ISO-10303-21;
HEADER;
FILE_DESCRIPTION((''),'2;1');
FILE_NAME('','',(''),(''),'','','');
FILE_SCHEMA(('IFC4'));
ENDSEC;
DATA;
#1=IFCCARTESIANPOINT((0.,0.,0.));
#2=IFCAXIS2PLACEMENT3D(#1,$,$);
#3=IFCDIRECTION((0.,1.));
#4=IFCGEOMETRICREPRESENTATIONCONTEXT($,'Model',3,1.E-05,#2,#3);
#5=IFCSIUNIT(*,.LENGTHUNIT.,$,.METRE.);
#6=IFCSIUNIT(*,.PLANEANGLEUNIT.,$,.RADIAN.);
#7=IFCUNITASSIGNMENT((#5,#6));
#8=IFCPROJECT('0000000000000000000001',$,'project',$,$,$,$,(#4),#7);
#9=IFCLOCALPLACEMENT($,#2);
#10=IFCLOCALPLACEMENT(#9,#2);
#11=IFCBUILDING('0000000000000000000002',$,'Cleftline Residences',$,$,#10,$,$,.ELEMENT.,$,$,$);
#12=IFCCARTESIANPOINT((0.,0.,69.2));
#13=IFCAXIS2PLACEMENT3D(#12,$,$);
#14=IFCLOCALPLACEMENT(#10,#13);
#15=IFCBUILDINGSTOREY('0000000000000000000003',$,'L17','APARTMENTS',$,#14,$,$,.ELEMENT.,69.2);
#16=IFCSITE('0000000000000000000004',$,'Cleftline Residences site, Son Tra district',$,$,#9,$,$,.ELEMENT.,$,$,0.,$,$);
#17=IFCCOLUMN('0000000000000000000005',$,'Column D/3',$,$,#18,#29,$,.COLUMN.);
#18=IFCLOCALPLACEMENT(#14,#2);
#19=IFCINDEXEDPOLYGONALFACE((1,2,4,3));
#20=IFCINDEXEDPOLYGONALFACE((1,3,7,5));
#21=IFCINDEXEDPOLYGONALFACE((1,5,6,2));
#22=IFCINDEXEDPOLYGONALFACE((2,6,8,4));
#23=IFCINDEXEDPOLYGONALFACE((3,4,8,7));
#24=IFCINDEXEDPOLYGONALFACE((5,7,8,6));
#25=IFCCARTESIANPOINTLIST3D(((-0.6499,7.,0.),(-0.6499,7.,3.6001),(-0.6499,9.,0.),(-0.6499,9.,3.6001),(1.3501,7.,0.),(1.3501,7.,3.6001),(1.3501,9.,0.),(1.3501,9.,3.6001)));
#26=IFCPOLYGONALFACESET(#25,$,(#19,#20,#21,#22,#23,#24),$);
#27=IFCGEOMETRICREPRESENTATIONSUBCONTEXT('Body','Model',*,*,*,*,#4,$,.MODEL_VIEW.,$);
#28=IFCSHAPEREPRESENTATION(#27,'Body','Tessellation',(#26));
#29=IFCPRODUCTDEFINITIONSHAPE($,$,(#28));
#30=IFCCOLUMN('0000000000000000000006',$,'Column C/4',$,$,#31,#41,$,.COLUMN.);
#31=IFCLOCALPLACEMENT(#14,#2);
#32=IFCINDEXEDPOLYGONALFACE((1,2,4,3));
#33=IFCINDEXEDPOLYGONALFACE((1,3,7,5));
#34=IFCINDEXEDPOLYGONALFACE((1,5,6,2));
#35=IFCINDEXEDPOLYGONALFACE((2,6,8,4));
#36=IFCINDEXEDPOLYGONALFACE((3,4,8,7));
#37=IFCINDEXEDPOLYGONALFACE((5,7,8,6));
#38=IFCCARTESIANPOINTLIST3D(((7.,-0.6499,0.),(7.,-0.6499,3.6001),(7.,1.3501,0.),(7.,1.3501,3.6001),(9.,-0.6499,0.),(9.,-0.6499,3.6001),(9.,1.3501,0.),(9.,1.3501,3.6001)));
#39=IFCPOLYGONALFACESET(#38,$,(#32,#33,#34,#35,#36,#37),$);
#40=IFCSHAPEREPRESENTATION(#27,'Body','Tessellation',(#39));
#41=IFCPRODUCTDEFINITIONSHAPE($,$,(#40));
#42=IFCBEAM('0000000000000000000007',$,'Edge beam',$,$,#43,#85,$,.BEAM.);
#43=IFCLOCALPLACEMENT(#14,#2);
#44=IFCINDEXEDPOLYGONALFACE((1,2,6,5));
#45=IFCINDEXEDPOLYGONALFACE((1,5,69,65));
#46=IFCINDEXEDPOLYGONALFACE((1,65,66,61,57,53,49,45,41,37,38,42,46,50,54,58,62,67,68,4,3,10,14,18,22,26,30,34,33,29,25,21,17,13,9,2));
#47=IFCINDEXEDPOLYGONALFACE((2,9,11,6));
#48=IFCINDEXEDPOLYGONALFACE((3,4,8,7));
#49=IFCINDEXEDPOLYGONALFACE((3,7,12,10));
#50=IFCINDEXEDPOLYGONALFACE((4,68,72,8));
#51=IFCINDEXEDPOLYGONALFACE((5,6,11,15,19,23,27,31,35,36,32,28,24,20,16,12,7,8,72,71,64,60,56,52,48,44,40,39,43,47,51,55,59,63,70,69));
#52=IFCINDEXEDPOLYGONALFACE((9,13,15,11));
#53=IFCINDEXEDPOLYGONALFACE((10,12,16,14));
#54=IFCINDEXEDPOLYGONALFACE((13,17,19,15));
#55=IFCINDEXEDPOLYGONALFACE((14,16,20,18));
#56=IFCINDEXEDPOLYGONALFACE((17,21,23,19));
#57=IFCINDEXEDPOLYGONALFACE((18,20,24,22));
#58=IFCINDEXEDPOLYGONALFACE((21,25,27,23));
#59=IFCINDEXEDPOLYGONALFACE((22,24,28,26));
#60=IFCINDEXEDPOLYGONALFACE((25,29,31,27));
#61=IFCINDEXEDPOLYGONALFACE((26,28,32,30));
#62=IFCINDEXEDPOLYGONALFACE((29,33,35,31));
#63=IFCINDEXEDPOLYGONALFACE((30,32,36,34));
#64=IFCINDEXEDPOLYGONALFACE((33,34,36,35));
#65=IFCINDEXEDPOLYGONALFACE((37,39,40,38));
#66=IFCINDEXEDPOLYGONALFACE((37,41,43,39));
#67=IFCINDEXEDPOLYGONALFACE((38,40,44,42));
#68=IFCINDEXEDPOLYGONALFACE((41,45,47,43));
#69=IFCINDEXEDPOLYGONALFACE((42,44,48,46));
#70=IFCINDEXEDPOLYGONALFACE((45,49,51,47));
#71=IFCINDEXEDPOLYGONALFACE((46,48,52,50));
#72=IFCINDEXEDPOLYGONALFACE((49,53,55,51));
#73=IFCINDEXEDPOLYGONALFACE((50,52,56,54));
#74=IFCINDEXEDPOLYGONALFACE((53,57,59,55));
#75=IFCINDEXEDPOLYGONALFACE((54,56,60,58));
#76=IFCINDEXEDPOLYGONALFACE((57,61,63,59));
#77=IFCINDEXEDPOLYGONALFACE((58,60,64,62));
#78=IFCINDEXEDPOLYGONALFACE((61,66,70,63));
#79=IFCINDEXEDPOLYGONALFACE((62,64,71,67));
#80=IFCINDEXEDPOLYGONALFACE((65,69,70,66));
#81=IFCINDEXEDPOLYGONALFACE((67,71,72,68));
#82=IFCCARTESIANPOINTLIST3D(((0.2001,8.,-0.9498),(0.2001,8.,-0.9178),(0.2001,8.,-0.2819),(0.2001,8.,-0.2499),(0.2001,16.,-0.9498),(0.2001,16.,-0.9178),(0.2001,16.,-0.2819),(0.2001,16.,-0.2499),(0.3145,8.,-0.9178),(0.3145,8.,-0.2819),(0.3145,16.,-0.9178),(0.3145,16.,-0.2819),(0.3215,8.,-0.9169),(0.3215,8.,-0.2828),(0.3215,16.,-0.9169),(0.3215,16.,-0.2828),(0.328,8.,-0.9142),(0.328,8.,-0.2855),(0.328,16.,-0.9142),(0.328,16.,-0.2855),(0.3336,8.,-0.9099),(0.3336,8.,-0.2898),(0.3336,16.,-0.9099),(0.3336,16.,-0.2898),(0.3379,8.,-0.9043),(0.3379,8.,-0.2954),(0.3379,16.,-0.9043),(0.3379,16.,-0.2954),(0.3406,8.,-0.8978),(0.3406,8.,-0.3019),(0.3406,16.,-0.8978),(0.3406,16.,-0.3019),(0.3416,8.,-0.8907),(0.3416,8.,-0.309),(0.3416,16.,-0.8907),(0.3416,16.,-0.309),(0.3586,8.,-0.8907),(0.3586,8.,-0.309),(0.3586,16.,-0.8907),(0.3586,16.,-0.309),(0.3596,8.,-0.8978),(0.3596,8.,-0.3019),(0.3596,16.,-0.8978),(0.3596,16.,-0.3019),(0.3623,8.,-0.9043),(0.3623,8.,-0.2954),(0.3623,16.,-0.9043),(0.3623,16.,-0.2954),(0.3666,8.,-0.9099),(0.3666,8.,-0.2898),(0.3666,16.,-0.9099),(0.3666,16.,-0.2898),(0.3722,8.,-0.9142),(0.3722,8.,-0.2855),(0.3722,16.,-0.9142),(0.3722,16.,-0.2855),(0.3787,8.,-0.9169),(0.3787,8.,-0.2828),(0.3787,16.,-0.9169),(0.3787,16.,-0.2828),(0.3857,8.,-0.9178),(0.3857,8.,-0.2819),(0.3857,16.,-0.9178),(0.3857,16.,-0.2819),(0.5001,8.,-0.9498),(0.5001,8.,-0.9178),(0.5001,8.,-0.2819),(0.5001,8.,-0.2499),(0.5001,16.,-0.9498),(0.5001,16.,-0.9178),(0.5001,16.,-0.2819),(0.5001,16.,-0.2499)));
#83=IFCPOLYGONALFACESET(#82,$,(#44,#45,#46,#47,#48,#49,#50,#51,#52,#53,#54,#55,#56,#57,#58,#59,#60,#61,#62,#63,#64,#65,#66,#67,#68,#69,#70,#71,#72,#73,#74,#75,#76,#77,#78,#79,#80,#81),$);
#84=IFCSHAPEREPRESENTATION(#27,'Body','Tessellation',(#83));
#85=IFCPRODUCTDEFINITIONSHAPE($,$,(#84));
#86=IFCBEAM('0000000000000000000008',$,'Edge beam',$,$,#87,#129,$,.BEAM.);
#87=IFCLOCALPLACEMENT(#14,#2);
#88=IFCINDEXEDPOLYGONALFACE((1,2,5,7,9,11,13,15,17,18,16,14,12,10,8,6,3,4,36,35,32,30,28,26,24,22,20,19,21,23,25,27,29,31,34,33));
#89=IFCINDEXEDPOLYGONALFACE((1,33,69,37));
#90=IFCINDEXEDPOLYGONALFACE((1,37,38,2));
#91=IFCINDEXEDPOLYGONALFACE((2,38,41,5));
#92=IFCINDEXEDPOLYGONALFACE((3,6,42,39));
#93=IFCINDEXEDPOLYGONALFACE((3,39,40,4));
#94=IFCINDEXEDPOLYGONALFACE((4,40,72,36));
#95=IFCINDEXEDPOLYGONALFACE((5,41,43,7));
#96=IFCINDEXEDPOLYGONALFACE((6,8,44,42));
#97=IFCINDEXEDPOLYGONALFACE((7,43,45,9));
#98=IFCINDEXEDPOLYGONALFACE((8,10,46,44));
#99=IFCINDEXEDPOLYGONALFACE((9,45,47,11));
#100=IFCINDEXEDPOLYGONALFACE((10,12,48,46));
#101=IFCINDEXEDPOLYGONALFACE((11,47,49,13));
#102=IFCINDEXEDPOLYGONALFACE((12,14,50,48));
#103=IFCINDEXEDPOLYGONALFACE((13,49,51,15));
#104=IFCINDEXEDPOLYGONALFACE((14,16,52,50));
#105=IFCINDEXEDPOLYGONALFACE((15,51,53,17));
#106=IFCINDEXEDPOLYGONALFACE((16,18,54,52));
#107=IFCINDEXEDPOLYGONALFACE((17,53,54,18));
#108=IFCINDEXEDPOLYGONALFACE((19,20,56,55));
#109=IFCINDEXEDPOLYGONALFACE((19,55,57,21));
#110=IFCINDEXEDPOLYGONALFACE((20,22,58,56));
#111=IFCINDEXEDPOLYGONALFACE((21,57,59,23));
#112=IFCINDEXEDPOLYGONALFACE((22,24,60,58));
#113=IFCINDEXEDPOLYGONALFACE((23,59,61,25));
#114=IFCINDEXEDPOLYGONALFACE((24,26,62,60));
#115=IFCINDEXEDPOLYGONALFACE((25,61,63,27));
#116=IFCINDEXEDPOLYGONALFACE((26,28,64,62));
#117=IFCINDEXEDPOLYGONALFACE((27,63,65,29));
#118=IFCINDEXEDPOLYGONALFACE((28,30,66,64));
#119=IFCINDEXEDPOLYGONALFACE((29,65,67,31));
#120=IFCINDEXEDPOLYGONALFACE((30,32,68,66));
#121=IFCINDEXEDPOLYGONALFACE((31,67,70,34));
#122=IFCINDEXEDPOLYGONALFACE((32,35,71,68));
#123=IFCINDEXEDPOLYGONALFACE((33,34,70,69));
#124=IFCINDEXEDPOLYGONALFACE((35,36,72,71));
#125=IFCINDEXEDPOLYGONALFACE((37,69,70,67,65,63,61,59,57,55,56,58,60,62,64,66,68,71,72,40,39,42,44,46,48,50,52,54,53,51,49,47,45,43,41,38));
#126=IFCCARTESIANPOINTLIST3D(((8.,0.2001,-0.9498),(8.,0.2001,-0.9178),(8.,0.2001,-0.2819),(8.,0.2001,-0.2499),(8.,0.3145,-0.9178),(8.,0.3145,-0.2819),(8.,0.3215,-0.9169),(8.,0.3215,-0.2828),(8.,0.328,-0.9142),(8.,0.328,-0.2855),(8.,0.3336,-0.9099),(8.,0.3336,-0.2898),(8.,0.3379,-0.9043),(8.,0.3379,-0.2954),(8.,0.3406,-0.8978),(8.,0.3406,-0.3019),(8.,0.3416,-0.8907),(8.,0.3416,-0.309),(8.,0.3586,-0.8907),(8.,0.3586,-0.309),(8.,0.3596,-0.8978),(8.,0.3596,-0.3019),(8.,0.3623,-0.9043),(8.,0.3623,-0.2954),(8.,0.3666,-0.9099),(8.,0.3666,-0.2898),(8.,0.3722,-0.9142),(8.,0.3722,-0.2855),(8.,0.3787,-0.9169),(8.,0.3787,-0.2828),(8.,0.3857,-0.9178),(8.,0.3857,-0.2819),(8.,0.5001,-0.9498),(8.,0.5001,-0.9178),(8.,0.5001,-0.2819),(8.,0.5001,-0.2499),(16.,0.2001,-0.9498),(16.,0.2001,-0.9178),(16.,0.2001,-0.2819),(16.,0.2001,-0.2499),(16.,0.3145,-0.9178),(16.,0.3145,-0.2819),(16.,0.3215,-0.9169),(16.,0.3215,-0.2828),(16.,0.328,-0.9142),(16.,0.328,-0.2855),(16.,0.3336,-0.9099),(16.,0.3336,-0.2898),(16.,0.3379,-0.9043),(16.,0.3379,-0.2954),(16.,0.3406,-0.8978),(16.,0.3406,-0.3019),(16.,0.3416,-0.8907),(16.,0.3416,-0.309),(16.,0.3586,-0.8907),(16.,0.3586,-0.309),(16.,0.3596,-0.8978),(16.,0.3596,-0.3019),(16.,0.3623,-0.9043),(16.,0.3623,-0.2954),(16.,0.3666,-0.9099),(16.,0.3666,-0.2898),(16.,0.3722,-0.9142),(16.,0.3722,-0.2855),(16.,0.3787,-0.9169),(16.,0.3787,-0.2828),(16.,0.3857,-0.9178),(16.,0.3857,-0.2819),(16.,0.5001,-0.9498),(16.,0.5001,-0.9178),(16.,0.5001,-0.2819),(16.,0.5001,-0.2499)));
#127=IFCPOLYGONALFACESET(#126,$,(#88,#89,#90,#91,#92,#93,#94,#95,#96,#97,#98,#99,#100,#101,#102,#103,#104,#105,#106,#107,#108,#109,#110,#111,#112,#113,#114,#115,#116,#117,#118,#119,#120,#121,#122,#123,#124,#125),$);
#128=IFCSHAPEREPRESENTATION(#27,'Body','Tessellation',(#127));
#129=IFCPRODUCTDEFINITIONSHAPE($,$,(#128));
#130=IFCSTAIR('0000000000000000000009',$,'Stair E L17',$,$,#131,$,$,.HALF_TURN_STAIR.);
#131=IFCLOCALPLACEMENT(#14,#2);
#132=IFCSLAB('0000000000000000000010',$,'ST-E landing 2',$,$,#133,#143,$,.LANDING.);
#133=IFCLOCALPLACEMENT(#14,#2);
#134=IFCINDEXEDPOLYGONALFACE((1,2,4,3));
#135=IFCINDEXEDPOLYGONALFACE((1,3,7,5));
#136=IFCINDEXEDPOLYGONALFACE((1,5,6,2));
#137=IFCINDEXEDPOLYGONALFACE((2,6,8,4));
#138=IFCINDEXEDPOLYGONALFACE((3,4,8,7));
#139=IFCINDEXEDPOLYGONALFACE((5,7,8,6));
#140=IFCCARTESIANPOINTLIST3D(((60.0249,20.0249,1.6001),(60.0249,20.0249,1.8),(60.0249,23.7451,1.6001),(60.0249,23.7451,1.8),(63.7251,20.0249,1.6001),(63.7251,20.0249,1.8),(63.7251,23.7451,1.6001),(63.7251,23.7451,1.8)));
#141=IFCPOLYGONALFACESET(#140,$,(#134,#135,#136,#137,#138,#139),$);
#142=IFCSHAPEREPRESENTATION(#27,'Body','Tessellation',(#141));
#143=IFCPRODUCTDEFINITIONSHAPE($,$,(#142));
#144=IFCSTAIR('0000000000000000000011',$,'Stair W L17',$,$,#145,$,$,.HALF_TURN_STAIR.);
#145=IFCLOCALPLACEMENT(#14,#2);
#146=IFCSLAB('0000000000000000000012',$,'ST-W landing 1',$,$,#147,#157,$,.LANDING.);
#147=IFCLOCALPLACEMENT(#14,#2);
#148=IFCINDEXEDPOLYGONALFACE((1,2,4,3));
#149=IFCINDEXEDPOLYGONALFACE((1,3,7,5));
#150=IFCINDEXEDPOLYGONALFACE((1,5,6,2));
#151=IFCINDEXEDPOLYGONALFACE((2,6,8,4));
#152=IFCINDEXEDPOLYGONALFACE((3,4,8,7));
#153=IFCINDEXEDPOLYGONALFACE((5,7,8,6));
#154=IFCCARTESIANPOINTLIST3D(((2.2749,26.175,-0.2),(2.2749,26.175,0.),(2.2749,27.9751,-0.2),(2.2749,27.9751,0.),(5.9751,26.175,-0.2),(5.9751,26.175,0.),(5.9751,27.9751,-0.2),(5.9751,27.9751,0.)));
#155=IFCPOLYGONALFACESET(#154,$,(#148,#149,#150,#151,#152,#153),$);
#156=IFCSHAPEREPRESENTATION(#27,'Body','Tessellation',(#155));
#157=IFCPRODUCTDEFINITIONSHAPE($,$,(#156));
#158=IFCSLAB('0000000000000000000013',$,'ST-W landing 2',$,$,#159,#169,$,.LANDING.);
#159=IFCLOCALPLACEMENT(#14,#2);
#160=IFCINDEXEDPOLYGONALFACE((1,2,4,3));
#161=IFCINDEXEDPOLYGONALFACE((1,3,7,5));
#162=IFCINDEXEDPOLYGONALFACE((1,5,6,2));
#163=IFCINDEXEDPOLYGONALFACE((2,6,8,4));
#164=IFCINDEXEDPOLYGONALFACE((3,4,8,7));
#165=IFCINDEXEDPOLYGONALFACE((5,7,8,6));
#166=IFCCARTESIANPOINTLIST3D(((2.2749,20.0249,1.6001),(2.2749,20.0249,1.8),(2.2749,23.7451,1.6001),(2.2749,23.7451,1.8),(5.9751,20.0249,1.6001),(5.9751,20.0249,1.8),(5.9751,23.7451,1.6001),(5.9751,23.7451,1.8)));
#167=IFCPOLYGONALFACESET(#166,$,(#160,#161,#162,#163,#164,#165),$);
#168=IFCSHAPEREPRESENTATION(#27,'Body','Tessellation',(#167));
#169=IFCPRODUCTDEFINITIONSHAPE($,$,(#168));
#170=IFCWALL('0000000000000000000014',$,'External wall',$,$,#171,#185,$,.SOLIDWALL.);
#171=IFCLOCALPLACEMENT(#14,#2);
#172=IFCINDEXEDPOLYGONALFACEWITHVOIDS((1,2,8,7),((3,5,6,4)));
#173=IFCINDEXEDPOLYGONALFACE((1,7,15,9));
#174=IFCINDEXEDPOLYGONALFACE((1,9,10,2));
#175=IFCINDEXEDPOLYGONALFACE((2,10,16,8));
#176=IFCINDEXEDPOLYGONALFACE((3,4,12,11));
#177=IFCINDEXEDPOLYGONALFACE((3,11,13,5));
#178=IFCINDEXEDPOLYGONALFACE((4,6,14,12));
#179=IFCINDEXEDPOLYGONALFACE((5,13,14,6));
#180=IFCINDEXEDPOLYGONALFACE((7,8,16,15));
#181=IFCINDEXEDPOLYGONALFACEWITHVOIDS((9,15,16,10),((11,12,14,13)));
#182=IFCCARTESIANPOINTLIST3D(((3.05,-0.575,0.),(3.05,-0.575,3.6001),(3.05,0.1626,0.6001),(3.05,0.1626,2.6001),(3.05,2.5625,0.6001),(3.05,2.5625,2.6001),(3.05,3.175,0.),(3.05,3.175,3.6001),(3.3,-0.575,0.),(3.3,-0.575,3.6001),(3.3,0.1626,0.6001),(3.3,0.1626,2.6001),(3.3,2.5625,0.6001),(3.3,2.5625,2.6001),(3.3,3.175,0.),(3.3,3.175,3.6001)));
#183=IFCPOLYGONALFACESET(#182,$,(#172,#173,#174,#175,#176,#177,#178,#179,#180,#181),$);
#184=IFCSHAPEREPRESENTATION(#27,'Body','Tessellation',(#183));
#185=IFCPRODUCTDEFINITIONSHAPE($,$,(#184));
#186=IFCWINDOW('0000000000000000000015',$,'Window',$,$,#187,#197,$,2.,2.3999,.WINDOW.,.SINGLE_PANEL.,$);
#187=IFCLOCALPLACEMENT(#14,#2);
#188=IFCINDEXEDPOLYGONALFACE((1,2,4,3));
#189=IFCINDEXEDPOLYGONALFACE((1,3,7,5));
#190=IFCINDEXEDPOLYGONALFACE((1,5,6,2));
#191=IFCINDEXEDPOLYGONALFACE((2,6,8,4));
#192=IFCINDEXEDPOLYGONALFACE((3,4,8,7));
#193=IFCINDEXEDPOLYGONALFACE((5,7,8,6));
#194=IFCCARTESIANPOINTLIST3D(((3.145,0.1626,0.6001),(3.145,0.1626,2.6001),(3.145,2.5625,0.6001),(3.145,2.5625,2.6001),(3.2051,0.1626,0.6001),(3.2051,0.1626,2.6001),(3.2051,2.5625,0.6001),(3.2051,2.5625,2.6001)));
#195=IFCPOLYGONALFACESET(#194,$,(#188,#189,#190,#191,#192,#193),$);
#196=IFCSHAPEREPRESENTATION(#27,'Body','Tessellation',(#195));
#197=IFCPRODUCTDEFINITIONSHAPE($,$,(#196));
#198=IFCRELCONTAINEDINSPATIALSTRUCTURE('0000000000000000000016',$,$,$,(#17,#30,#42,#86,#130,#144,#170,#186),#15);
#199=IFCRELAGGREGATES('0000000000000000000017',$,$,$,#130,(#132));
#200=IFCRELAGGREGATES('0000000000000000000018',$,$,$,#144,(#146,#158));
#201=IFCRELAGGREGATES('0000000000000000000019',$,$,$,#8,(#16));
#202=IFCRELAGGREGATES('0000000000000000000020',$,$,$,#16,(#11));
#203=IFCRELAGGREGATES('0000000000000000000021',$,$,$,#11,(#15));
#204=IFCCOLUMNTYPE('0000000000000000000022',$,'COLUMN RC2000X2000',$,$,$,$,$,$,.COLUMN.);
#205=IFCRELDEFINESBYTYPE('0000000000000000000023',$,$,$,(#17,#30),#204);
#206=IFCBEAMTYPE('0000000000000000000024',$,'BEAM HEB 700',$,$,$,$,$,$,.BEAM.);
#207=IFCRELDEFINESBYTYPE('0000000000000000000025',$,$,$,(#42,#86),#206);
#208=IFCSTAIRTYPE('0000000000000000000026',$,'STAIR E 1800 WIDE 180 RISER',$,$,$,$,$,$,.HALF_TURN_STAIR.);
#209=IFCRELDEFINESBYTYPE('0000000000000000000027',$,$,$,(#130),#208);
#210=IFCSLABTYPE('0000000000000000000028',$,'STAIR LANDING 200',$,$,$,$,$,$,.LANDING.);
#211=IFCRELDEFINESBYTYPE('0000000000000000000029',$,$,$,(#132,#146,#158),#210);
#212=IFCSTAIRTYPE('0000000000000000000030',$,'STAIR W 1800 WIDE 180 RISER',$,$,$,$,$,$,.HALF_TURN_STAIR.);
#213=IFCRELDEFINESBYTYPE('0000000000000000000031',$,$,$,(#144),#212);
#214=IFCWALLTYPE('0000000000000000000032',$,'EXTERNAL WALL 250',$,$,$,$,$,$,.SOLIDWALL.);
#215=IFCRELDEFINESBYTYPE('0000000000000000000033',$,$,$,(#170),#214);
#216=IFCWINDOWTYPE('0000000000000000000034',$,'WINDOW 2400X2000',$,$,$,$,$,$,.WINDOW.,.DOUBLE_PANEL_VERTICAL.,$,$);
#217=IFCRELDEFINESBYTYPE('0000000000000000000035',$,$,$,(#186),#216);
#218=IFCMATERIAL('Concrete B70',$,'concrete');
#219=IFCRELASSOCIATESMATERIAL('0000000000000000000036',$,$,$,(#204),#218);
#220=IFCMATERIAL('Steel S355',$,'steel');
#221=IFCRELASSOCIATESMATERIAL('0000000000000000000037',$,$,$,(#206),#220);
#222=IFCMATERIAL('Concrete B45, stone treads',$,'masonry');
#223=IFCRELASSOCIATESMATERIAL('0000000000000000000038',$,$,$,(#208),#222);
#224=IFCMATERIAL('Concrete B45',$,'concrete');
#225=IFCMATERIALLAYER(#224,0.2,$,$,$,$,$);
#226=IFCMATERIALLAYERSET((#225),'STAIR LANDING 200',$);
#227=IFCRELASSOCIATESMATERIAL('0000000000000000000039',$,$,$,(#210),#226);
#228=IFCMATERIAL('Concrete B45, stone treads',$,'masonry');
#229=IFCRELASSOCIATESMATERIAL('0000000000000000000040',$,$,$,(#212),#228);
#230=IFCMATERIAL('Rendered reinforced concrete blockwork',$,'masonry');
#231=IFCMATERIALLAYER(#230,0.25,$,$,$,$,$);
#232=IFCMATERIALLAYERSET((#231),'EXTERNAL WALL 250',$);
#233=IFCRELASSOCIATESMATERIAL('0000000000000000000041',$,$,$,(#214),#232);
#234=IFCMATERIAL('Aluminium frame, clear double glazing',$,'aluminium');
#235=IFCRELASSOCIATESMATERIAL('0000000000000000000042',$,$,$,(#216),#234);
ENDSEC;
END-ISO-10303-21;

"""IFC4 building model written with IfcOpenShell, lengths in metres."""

from ifc_helpers import new_model, si_unit, direction, frame, frame_2d, origin, origin_2d, place, context, subcontext, project, spatial, polyline, rectangle, i_section, outline, extrude, material, layer, layer_set, material_profile, profile_set, type_object, element, fill, aggregate, save


model = new_model("IFC4")

# Units and contexts
model_context = context("Model", 3, precision=1e-05, world=origin(), true_north=direction((0.0, 1.0)))
body_context = subcontext(model_context, "Body", "Model", "MODEL_VIEW")
ifc_project = project(units=[si_unit("LENGTHUNIT", "METRE"), si_unit("PLANEANGLEUNIT", "RADIAN")], contexts=[model_context])

# Site, building, storey
site_placement = place(None, origin())
site = spatial("IfcSite", under=ifc_project, at=site_placement, Name="Cleftline Residences site, Son Tra district", CompositionType="ELEMENT", RefElevation=0.0)
building_placement = place(site_placement, origin())
building = spatial("IfcBuilding", under=site, at=building_placement, Name="Cleftline Residences", CompositionType="ELEMENT")
storey_placement = place(building_placement, frame((0.0, 0.0, 69.2)))
storey = spatial("IfcBuildingStorey", under=building, at=storey_placement, Name="L17", Description="APARTMENTS", CompositionType="ELEMENT", Elevation=69.2)

# Columns
ifc_material_1 = material(Name="Concrete B70", Category="concrete")
ifc_material_profile_1 = material_profile(ifc_material_1, rectangle(XDim=2.0, YDim=2.0, at=origin_2d()))
ifc_profile_set_1 = profile_set([ifc_material_profile_1], Name="Concrete B70")
column_type = type_object("IfcColumnType", Name="COLUMN RC2000X2000", PredefinedType="COLUMN", material=ifc_profile_set_1)
for number, where, z_axis, x_axis, name in (
    (1, (0.3501, 8.0, 0.0), (0.0, 0.0, 1.0), (1.0, 0.0, 0.0), "Column D/3"),
    (2, (8.0, 0.3501, 0.0), (0.0, 0.0, 1.0), (1.0, 0.0, 0.0), "Column C/4"),
):
    element("IfcColumn", number, at=place(storey_placement, frame(where, z_axis=z_axis, x_axis=x_axis)), inside=storey, type_object=column_type, Name=name, PredefinedType="COLUMN", context=body_context, shape_type="SweptSolid", body=[
        extrude(rectangle(XDim=2.0, YDim=2.0, at=origin_2d()), origin(), (0.0, 0.0, 1.0), 3.6001),
    ])

# Beams
ifc_material_2 = material(Name="Steel S355", Category="steel")
ifc_material_profile_2 = material_profile(ifc_material_2, i_section(OverallWidth=0.3, OverallDepth=0.7, WebThickness=0.0171, FlangeThickness=0.032, FilletRadius=0.0271, at=origin_2d()))
ifc_profile_set_2 = profile_set([ifc_material_profile_2], Name="Steel S355")
beam_type = type_object("IfcBeamType", Name="BEAM HEB 700", PredefinedType="BEAM", material=ifc_profile_set_2)
for number, where, z_axis, x_axis, name in (
    (3, (0.3501, 8.0, -0.5999), (0.0, 1.0, 0.0), (-1.0, 0.0, 0.0), "Edge beam"),
    (4, (8.0, 0.3501, -0.5999), (1.0, 0.0, 0.0), (0.0, 1.0, 0.0), "Edge beam"),
):
    element("IfcBeam", number, at=place(storey_placement, frame(where, z_axis=z_axis, x_axis=x_axis)), inside=storey, type_object=beam_type, Name=name, PredefinedType="BEAM", context=body_context, shape_type="SweptSolid", body=[
        extrude(i_section(OverallWidth=0.3, OverallDepth=0.7, WebThickness=0.0171, FlangeThickness=0.032, FilletRadius=0.0271, at=origin_2d()), origin(), (0.0, 0.0, 1.0), 8.0),
    ])

# Stair, slab
ifc_material_3 = material(Name="Concrete B45, stone treads", Category="masonry")
stair_type_1 = type_object("IfcStairType", Name="STAIR E 1800 WIDE 180 RISER", PredefinedType="HALF_TURN_STAIR", material=ifc_material_3)
stair_1_placement = place(storey_placement, origin())
stair_1 = element("IfcStair", 5, at=stair_1_placement, inside=storey, type_object=stair_type_1, Name="Stair E L17", PredefinedType="HALF_TURN_STAIR")
ifc_material_4 = material(Name="Concrete B45", Category="concrete")
ifc_layer_1 = layer(ifc_material_4, 0.2)
ifc_layer_set_1 = layer_set([ifc_layer_1], Name="STAIR LANDING 200")
slab_type = type_object("IfcSlabType", Name="STAIR LANDING 200", PredefinedType="LANDING", material=ifc_layer_set_1)
slab_1_placement = place(storey_placement, frame((0.0, 0.0, 1.6001)))
slab_1 = element("IfcSlab", 6, at=slab_1_placement, type_object=slab_type, Name="ST-E landing 2", PredefinedType="LANDING", context=body_context, shape_type="SweptSolid", body=[
    extrude(outline(polyline([(60.0249, 20.0249), (63.7251, 20.0249), (63.7251, 23.7451), (60.0249, 23.7451), (60.0249, 20.0249)])), origin(), (0.0, 0.0, 1.0), 0.2),
])
aggregate(stair_1, [slab_1])

# Stair, slabs
ifc_material_5 = material(Name="Concrete B45, stone treads", Category="masonry")
stair_type_2 = type_object("IfcStairType", Name="STAIR W 1800 WIDE 180 RISER", PredefinedType="HALF_TURN_STAIR", material=ifc_material_5)
stair_2_placement = place(storey_placement, origin())
stair_2 = element("IfcStair", 7, at=stair_2_placement, inside=storey, type_object=stair_type_2, Name="Stair W L17", PredefinedType="HALF_TURN_STAIR")
slab_2_placement = place(storey_placement, frame((0.0, 0.0, -0.2)))
slab_2 = element("IfcSlab", 8, at=slab_2_placement, type_object=slab_type, Name="ST-W landing 1", PredefinedType="LANDING", context=body_context, shape_type="SweptSolid", body=[
    extrude(outline(polyline([(2.2749, 26.175), (5.9751, 26.175), (5.9751, 27.9751), (2.2749, 27.9751), (2.2749, 26.175)])), origin(), (0.0, 0.0, 1.0), 0.2),
])
slab_3_placement = place(storey_placement, frame((0.0, 0.0, 1.6001)))
slab_3 = element("IfcSlab", 9, at=slab_3_placement, type_object=slab_type, Name="ST-W landing 2", PredefinedType="LANDING", context=body_context, shape_type="SweptSolid", body=[
    extrude(outline(polyline([(2.2749, 20.0249), (5.9751, 20.0249), (5.9751, 23.7451), (2.2749, 23.7451), (2.2749, 20.0249)])), origin(), (0.0, 0.0, 1.0), 0.2),
])
aggregate(stair_2, [slab_2, slab_3])

# Wall, opening, window
ifc_material_6 = material(Name="Rendered reinforced concrete blockwork", Category="masonry")
ifc_layer_2 = layer(ifc_material_6, 0.25)
ifc_layer_set_2 = layer_set([ifc_layer_2], Name="EXTERNAL WALL 250")
wall_type_1 = type_object("IfcWallType", Name="EXTERNAL WALL 250", PredefinedType="SOLIDWALL", material=ifc_layer_set_2)
wall_1_placement = place(storey_placement, frame((3.175, 3.175, 0.0), z_axis=(0.0, 0.0, 1.0), x_axis=(0.0, -1.0, 0.0)))
wall_1 = element("IfcWall", 10, at=wall_1_placement, inside=storey, type_object=wall_type_1, Name="External wall", PredefinedType="SOLIDWALL", context=body_context, shape_type="SweptSolid", body=[
    extrude(rectangle(XDim=3.75, YDim=0.25, at=frame_2d((1.875, 0.0))), origin(), (0.0, 0.0, 1.0), 3.6001),
])
opening_1_placement = place(wall_1_placement, frame((0.6125, 0.0, 0.6001)))
opening_1 = element("IfcOpeningElement", 11, at=opening_1_placement, cuts=wall_1, PredefinedType="OPENING", context=body_context, shape_type="SweptSolid", body=[
    extrude(rectangle(XDim=2.3999, YDim=2.0, at=frame_2d((1.2, 1.0))), frame((0.0, 0.135, 0.0), z_axis=(0.0, -1.0, 0.0), x_axis=(1.0, 0.0, 0.0)), (0.0, 0.0, 1.0), 0.27),
])
ifc_material_7 = material(Name="Aluminium frame, clear double glazing", Category="aluminium")
window_type_1 = type_object("IfcWindowType", Name="WINDOW 2400X2000", PartitioningType="DOUBLE_PANEL_VERTICAL", PredefinedType="WINDOW", material=ifc_material_7)
window_1_placement = place(opening_1_placement, origin())
window_1 = element("IfcWindow", 12, at=window_1_placement, inside=storey, type_object=window_type_1, Name="Window", OverallHeight=2.0, OverallWidth=2.3999, PartitioningType="SINGLE_PANEL", PredefinedType="WINDOW", context=body_context, shape_type="SweptSolid", body=[
    extrude(rectangle(XDim=2.3999, YDim=2.0, at=frame_2d((1.2, 1.0))), frame((0.0, 0.03, 0.0), z_axis=(0.0, -1.0, 0.0), x_axis=(1.0, 0.0, 0.0)), (0.0, 0.0, 1.0), 0.0601),
])
fill(opening_1, window_1)

save(model, "model.ifc")
